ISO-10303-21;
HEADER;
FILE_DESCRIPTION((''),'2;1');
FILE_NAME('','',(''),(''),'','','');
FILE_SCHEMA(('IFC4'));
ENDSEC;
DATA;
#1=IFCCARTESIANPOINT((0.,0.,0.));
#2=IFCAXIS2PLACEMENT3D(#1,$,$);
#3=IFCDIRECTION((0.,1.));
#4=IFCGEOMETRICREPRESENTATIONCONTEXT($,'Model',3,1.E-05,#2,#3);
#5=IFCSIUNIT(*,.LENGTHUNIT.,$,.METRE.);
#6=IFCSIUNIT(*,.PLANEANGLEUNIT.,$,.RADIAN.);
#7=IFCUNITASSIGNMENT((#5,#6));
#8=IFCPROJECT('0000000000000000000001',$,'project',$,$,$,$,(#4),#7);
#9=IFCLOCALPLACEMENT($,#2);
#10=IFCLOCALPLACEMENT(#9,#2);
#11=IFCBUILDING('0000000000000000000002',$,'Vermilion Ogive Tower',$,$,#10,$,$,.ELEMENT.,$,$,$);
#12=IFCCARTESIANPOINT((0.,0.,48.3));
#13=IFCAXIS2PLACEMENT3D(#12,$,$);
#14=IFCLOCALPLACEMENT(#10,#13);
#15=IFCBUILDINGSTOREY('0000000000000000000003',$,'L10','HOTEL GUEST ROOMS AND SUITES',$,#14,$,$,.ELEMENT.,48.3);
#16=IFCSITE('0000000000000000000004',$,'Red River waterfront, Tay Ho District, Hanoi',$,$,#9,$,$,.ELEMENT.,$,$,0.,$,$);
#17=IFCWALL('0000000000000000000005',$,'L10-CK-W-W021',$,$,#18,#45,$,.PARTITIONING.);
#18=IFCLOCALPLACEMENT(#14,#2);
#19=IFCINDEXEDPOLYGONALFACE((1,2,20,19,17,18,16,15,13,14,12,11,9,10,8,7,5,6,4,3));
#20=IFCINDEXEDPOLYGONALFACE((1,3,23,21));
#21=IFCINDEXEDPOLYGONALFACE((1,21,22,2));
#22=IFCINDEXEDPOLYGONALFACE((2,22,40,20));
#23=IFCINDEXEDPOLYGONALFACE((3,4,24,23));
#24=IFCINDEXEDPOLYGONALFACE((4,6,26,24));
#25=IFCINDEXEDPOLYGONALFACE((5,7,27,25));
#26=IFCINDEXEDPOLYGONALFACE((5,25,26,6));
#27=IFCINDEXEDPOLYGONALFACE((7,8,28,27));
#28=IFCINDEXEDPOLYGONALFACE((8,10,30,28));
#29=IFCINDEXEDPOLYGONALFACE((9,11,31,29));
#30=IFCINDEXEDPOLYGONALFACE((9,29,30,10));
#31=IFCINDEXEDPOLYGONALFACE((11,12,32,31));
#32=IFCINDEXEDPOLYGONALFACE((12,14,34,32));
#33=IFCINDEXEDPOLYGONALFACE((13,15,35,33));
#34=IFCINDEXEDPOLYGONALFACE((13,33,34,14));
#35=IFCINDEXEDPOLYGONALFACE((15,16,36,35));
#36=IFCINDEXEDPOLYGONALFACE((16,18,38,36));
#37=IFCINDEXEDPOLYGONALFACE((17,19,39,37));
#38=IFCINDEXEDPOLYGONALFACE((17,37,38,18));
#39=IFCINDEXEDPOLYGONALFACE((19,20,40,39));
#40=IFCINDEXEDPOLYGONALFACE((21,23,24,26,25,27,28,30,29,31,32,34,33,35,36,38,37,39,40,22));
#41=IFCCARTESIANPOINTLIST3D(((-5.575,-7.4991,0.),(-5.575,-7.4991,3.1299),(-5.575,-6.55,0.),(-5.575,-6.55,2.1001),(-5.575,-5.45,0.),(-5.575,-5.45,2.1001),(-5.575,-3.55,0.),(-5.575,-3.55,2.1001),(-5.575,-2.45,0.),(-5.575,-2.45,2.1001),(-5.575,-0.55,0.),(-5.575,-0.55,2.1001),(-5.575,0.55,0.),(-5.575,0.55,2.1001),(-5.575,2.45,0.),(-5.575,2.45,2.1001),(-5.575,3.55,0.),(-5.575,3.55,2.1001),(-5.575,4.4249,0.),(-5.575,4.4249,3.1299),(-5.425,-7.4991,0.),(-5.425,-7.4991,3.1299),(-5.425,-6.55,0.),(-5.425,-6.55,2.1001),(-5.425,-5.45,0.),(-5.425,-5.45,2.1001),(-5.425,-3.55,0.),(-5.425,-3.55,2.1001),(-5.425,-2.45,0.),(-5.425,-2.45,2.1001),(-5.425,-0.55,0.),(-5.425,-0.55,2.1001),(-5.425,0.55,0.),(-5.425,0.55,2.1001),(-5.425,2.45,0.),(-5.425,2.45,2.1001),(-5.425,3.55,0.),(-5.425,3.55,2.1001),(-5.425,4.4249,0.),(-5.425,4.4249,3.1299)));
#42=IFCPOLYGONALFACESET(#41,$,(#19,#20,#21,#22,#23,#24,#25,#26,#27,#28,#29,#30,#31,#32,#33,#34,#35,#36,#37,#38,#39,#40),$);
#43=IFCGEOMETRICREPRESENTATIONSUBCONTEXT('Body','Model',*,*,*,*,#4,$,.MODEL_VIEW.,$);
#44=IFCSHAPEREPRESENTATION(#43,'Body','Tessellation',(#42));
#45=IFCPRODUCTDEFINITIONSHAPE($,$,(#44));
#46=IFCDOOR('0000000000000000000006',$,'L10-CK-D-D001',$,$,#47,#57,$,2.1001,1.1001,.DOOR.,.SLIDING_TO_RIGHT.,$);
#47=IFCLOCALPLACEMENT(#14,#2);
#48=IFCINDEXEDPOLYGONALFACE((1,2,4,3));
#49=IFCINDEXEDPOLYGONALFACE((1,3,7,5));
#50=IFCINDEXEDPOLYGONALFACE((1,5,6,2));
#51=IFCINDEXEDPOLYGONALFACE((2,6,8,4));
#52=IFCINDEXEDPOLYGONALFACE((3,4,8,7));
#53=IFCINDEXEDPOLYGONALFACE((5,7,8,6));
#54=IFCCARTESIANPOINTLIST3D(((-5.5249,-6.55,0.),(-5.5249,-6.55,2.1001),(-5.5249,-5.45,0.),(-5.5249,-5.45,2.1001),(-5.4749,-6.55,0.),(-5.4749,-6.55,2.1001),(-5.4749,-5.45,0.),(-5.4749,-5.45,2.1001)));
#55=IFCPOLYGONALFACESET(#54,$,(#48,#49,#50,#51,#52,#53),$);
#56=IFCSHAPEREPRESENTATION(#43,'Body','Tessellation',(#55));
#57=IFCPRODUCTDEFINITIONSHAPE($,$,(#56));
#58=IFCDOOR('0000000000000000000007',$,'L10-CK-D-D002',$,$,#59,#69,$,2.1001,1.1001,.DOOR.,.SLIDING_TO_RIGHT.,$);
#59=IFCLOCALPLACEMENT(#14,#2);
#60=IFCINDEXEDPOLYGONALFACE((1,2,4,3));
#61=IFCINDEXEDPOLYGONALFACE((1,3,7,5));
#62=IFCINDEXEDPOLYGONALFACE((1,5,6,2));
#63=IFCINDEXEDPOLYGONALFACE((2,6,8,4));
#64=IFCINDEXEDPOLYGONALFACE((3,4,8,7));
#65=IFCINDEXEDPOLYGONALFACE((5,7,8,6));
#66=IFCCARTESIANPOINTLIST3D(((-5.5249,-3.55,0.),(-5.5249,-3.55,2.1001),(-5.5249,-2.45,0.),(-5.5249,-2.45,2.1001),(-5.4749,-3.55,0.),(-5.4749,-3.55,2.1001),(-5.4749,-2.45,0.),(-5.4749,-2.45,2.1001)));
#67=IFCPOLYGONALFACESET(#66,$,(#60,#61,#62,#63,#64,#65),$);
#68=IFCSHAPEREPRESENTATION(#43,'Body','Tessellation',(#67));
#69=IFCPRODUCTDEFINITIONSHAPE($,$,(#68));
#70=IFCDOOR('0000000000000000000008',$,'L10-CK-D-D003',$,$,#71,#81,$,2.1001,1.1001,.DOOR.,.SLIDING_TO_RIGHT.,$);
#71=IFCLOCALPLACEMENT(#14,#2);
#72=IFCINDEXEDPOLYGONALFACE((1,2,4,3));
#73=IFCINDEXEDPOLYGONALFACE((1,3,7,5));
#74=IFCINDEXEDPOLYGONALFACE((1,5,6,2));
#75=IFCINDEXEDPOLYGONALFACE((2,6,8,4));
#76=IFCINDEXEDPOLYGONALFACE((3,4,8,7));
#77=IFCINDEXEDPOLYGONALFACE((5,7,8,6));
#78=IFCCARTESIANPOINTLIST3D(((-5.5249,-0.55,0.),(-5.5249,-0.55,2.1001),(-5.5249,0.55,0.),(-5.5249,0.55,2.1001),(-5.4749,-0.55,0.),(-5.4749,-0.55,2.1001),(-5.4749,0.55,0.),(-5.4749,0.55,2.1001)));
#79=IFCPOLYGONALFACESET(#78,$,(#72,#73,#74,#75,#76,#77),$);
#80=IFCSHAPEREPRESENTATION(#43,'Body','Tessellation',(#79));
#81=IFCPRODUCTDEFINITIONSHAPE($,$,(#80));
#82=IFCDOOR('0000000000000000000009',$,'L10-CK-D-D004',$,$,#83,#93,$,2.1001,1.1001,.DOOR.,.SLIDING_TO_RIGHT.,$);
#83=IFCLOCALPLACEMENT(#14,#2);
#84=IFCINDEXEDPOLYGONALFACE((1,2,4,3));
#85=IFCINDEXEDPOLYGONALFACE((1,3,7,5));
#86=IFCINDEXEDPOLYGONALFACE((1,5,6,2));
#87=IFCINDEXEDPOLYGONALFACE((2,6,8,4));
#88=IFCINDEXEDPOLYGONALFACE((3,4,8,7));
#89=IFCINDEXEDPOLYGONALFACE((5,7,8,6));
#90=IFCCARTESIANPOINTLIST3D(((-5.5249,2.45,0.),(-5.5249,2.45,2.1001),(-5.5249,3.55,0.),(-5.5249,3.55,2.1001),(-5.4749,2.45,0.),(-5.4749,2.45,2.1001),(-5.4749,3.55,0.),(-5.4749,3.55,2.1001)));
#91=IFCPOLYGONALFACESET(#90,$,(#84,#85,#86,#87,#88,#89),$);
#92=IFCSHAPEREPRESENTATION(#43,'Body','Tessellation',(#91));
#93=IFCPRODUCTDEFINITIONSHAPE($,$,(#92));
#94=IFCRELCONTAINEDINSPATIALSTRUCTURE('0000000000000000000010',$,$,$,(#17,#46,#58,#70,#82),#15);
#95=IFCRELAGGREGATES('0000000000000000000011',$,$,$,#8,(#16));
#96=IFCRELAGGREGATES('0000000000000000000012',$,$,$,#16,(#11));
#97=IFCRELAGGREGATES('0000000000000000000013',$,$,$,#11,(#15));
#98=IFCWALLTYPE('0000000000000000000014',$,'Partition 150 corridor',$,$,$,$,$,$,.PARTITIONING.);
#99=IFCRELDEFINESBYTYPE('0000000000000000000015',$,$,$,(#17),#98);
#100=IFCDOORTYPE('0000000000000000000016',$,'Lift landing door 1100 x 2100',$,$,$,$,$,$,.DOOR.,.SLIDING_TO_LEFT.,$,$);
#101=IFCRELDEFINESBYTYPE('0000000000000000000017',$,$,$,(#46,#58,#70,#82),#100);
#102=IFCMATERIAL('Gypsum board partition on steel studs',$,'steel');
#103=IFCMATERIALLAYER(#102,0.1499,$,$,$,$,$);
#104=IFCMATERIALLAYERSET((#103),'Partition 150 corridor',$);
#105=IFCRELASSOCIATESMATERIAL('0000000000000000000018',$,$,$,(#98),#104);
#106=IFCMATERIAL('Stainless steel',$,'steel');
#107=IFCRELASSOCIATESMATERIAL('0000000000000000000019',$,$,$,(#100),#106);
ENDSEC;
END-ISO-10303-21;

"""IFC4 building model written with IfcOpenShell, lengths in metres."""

from ifc_helpers import new_model, si_unit, direction, frame, frame_2d, origin, place, context, subcontext, project, spatial, rectangle, extrude, material, layer, layer_set, type_object, element, fill, save


model = new_model("IFC4")

# Units and contexts
model_context = context("Model", 3, precision=1e-05, world=origin(), true_north=direction((0.0, 1.0)))
body_context = subcontext(model_context, "Body", "Model", "MODEL_VIEW")
ifc_project = project(units=[si_unit("LENGTHUNIT", "METRE"), si_unit("PLANEANGLEUNIT", "RADIAN")], contexts=[model_context])

# Site, building, storey
site_placement = place(None, origin())
site = spatial("IfcSite", under=ifc_project, at=site_placement, Name="Red River waterfront, Tay Ho District, Hanoi", CompositionType="ELEMENT", RefElevation=0.0)
building_placement = place(site_placement, origin())
building = spatial("IfcBuilding", under=site, at=building_placement, Name="Vermilion Ogive Tower", CompositionType="ELEMENT")
storey_placement = place(building_placement, frame((0.0, 0.0, 48.3)))
storey = spatial("IfcBuildingStorey", under=building, at=storey_placement, Name="L10", Description="HOTEL GUEST ROOMS AND SUITES", CompositionType="ELEMENT", Elevation=48.3)

# Wall, openings, doors
ifc_material_1 = material(Name="Gypsum board partition on steel studs", Category="steel")
ifc_layer_1 = layer(ifc_material_1, 0.1499)
ifc_layer_set_1 = layer_set([ifc_layer_1], Name="Partition 150 corridor")
wall_type_1 = type_object("IfcWallType", Name="Partition 150 corridor", PredefinedType="PARTITIONING", material=ifc_layer_set_1)
wall_1_placement = place(storey_placement, frame((-5.5, -7.499, 0.0), z_axis=(0.0, 0.0, 1.0), x_axis=(0.0, 1.0, 0.0)))
wall_1 = element("IfcWall", 1, at=wall_1_placement, inside=storey, type_object=wall_type_1, Name="L10-CK-W-W021", PredefinedType="PARTITIONING", context=body_context, shape_type="SweptSolid", body=[
    extrude(rectangle(XDim=11.9241, YDim=0.1499, at=frame_2d((5.9619, 0.0))), origin(), (0.0, 0.0, 1.0), 3.1299),
])
opening_1_placement = place(wall_1_placement, frame((0.949, 0.0, 0.0)))
opening_1 = element("IfcOpeningElement", 2, at=opening_1_placement, cuts=wall_1, PredefinedType="OPENING", context=body_context, shape_type="SweptSolid", body=[
    extrude(rectangle(XDim=1.1001, YDim=2.1001, at=frame_2d((0.55, 1.05))), frame((0.0, 0.085, 0.0), z_axis=(0.0, -1.0, 0.0), x_axis=(1.0, 0.0, 0.0)), (0.0, 0.0, 1.0), 0.1699),
])
opening_2_placement = place(wall_1_placement, frame((3.949, 0.0, 0.0)))
opening_2 = element("IfcOpeningElement", 3, at=opening_2_placement, cuts=wall_1, PredefinedType="OPENING", context=body_context, shape_type="SweptSolid", body=[
    extrude(rectangle(XDim=1.1001, YDim=2.1001, at=frame_2d((0.55, 1.05))), frame((0.0, 0.085, 0.0), z_axis=(0.0, -1.0, 0.0), x_axis=(1.0, 0.0, 0.0)), (0.0, 0.0, 1.0), 0.1699),
])
opening_3_placement = place(wall_1_placement, frame((6.949, 0.0, 0.0)))
opening_3 = element("IfcOpeningElement", 4, at=opening_3_placement, cuts=wall_1, PredefinedType="OPENING", context=body_context, shape_type="SweptSolid", body=[
    extrude(rectangle(XDim=1.1001, YDim=2.1001, at=frame_2d((0.55, 1.05))), frame((0.0, 0.085, 0.0), z_axis=(0.0, -1.0, 0.0), x_axis=(1.0, 0.0, 0.0)), (0.0, 0.0, 1.0), 0.1699),
])
opening_4_placement = place(wall_1_placement, frame((9.949, 0.0, 0.0)))
opening_4 = element("IfcOpeningElement", 5, at=opening_4_placement, cuts=wall_1, PredefinedType="OPENING", context=body_context, shape_type="SweptSolid", body=[
    extrude(rectangle(XDim=1.1001, YDim=2.1001, at=frame_2d((0.55, 1.05))), frame((0.0, 0.085, 0.0), z_axis=(0.0, -1.0, 0.0), x_axis=(1.0, 0.0, 0.0)), (0.0, 0.0, 1.0), 0.1699),
])
ifc_material_2 = material(Name="Stainless steel", Category="steel")
door_type_1 = type_object("IfcDoorType", Name="Lift landing door 1100 x 2100", OperationType="SLIDING_TO_LEFT", PredefinedType="DOOR", material=ifc_material_2)
door_1_placement = place(opening_1_placement, origin())
door_1 = element("IfcDoor", 6, at=door_1_placement, inside=storey, type_object=door_type_1, Name="L10-CK-D-D001", OperationType="SLIDING_TO_RIGHT", OverallHeight=2.1001, OverallWidth=1.1001, PredefinedType="DOOR", context=body_context, shape_type="SweptSolid", body=[
    extrude(rectangle(XDim=1.1001, YDim=2.1001, at=frame_2d((0.55, 1.05))), frame((0.0, 0.0249, 0.0), z_axis=(0.0, -1.0, 0.0), x_axis=(1.0, 0.0, 0.0)), (0.0, 0.0, 1.0), 0.05),
])
fill(opening_1, door_1)
door_2_placement = place(opening_2_placement, origin())
door_2 = element("IfcDoor", 7, at=door_2_placement, inside=storey, type_object=door_type_1, Name="L10-CK-D-D002", OperationType="SLIDING_TO_RIGHT", OverallHeight=2.1001, OverallWidth=1.1001, PredefinedType="DOOR", context=body_context, shape_type="SweptSolid", body=[
    extrude(rectangle(XDim=1.1001, YDim=2.1001, at=frame_2d((0.55, 1.05))), frame((0.0, 0.0249, 0.0), z_axis=(0.0, -1.0, 0.0), x_axis=(1.0, 0.0, 0.0)), (0.0, 0.0, 1.0), 0.05),
])
fill(opening_2, door_2)
door_3_placement = place(opening_3_placement, origin())
door_3 = element("IfcDoor", 8, at=door_3_placement, inside=storey, type_object=door_type_1, Name="L10-CK-D-D003", OperationType="SLIDING_TO_RIGHT", OverallHeight=2.1001, OverallWidth=1.1001, PredefinedType="DOOR", context=body_context, shape_type="SweptSolid", body=[
    extrude(rectangle(XDim=1.1001, YDim=2.1001, at=frame_2d((0.55, 1.05))), frame((0.0, 0.0249, 0.0), z_axis=(0.0, -1.0, 0.0), x_axis=(1.0, 0.0, 0.0)), (0.0, 0.0, 1.0), 0.05),
])
fill(opening_3, door_3)
door_4_placement = place(opening_4_placement, origin())
door_4 = element("IfcDoor", 9, at=door_4_placement, inside=storey, type_object=door_type_1, Name="L10-CK-D-D004", OperationType="SLIDING_TO_RIGHT", OverallHeight=2.1001, OverallWidth=1.1001, PredefinedType="DOOR", context=body_context, shape_type="SweptSolid", body=[
    extrude(rectangle(XDim=1.1001, YDim=2.1001, at=frame_2d((0.55, 1.05))), frame((0.0, 0.0249, 0.0), z_axis=(0.0, -1.0, 0.0), x_axis=(1.0, 0.0, 0.0)), (0.0, 0.0, 1.0), 0.05),
])
fill(opening_4, door_4)

save(model, "model.ifc")
